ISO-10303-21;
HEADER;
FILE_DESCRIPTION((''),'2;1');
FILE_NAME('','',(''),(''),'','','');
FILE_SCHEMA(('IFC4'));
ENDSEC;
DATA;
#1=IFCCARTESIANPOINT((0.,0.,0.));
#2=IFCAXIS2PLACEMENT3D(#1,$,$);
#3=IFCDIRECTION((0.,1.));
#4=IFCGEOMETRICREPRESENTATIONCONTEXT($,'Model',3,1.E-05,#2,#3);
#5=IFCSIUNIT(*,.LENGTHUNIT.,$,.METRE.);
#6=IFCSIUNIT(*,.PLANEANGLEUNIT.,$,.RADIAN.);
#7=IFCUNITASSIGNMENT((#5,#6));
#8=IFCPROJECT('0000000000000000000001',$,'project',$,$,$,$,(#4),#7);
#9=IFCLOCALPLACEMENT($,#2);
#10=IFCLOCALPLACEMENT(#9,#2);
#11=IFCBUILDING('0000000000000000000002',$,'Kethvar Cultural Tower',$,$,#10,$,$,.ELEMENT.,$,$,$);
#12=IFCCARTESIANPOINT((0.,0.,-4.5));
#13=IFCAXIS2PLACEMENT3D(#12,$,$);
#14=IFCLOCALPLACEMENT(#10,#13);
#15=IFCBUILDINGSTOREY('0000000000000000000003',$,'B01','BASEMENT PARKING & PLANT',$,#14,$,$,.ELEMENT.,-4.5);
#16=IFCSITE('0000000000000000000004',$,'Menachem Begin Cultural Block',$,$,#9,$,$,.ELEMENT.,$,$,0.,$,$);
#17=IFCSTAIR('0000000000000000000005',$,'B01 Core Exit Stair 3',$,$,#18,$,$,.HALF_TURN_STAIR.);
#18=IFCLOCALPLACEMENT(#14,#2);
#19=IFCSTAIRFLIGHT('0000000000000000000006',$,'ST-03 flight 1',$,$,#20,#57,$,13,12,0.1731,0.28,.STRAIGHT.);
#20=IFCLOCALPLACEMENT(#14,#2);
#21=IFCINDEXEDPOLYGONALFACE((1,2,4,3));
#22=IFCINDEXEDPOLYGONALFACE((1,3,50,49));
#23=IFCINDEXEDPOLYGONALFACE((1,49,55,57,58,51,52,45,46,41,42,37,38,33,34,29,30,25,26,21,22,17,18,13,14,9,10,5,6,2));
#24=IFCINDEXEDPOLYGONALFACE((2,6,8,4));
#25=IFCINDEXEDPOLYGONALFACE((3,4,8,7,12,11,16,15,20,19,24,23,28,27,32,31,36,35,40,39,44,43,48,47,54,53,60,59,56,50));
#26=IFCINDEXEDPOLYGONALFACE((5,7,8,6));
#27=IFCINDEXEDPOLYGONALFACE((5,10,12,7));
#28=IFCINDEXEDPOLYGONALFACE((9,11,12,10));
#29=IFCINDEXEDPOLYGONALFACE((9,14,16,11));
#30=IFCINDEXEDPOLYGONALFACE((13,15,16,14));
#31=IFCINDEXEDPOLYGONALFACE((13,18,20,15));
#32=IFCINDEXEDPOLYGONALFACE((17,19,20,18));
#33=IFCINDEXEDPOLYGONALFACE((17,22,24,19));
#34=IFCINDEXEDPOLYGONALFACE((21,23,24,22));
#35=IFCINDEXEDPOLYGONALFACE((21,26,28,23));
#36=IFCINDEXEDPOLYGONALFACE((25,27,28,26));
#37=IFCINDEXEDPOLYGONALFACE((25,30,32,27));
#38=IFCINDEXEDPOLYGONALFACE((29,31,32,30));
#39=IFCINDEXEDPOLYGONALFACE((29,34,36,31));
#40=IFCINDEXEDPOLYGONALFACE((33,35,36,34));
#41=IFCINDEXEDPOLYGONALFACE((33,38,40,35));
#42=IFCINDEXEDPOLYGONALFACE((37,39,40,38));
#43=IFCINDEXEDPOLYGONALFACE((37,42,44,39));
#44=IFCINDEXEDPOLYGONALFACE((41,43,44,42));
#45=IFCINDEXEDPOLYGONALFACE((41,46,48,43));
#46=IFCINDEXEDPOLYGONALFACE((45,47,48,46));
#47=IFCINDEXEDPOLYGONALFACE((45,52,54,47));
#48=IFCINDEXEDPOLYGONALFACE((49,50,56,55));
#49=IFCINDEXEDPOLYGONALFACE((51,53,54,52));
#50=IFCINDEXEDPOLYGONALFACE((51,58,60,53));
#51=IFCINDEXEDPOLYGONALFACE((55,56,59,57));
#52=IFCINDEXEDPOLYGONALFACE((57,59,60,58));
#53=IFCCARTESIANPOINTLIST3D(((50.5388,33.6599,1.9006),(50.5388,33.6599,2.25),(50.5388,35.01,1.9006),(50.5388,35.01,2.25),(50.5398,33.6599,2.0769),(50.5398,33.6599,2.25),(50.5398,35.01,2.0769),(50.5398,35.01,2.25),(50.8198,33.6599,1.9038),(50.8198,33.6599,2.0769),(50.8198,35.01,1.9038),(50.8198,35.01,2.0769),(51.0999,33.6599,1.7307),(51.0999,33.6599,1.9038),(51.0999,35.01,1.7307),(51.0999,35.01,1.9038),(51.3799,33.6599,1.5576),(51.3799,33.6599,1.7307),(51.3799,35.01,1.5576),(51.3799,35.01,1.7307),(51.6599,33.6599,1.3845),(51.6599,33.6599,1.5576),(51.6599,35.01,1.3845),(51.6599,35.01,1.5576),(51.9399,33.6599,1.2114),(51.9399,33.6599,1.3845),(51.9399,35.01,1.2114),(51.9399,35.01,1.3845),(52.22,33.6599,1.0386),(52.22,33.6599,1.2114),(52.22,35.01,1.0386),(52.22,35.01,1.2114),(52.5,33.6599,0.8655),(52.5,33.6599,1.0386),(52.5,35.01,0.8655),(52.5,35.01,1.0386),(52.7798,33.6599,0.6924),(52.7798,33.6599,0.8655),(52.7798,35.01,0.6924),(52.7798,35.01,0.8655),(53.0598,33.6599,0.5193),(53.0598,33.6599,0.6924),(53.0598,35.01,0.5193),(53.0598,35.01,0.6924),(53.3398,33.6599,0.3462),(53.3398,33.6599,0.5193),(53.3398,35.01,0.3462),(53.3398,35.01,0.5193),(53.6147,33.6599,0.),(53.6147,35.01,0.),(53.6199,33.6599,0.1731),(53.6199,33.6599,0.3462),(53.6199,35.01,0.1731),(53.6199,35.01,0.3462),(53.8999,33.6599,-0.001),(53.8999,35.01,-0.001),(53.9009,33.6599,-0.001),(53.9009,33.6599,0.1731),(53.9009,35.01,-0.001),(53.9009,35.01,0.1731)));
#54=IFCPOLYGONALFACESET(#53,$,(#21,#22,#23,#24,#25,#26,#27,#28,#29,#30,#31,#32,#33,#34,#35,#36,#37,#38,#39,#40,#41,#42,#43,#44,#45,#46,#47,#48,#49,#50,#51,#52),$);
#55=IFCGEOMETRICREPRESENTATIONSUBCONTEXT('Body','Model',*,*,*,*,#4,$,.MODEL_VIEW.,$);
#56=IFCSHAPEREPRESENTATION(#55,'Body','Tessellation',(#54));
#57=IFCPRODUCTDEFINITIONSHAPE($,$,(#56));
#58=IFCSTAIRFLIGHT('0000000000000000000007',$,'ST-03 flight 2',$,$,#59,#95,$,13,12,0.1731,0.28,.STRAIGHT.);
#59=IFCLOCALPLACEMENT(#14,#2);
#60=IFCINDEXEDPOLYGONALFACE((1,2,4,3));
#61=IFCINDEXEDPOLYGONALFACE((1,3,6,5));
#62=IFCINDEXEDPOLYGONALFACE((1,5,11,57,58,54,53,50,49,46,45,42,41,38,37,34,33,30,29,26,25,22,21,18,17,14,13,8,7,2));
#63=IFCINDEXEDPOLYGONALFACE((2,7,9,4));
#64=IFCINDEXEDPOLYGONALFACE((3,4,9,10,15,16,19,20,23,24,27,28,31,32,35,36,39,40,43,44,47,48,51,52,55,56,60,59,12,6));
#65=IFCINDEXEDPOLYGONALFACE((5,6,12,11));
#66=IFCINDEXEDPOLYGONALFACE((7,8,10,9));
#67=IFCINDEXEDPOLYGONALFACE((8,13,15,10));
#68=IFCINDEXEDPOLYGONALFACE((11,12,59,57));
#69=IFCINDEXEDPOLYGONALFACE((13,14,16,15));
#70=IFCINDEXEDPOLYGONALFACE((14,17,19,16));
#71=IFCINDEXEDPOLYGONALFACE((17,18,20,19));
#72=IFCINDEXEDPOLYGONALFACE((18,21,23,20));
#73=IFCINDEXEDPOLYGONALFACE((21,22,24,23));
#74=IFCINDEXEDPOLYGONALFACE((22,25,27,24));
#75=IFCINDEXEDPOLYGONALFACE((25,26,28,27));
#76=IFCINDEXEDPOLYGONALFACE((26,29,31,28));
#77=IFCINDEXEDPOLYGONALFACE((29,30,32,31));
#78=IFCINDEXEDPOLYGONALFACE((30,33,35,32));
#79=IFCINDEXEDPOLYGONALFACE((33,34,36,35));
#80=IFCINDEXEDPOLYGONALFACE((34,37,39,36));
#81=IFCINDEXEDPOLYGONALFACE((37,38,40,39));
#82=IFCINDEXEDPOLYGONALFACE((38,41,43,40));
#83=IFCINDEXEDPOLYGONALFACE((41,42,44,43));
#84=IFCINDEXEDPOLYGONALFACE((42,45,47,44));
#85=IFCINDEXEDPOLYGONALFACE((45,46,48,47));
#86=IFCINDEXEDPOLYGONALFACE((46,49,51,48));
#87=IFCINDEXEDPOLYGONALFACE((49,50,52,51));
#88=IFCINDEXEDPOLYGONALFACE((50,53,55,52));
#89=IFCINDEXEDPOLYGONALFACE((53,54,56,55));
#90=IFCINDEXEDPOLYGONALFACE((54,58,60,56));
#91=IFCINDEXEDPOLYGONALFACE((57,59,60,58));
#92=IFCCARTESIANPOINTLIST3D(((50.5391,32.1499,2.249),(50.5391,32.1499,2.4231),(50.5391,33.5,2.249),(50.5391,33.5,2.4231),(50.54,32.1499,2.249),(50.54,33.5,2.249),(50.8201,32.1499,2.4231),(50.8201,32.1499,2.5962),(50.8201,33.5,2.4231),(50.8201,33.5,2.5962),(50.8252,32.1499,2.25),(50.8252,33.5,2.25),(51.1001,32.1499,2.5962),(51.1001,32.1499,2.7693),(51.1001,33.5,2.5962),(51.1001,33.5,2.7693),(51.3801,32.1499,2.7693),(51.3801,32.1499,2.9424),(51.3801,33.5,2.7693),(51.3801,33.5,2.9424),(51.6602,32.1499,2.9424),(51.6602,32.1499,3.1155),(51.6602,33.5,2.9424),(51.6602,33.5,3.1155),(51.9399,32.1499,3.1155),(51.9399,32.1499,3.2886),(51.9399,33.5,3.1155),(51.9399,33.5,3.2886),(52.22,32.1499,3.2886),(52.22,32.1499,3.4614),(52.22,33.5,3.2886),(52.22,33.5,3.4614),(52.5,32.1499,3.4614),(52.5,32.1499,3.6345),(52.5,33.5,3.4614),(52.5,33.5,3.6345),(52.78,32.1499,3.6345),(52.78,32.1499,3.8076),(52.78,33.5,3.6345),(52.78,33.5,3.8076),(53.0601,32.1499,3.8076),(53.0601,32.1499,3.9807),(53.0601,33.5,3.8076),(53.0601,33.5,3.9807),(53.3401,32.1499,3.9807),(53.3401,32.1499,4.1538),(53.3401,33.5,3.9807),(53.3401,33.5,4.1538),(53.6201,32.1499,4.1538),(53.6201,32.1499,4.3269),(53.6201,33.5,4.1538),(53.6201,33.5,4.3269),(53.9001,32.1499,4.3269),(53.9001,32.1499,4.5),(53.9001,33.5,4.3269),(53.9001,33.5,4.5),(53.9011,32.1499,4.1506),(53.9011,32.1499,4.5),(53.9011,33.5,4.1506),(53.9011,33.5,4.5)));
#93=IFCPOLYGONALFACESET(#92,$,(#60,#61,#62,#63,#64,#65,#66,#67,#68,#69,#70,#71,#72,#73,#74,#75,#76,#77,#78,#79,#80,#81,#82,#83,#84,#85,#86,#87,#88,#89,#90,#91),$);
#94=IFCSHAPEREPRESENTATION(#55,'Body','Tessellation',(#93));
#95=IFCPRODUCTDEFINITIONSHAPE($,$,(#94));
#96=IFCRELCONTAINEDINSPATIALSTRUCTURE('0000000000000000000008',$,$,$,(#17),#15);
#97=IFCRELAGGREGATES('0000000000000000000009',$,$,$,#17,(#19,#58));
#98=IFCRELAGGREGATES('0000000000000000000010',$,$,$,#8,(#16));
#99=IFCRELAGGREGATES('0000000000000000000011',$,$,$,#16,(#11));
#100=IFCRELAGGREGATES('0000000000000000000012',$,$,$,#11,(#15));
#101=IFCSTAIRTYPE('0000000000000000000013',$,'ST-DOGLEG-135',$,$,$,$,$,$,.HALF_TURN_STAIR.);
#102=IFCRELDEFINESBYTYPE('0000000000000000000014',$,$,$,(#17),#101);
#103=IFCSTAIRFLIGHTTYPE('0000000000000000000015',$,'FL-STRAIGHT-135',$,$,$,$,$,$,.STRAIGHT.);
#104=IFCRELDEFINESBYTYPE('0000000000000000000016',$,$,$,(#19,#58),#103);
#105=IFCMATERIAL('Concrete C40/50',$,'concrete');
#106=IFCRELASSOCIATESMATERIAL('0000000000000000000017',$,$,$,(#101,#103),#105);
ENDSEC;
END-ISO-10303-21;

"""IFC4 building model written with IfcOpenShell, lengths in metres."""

from ifc_helpers import new_model, si_unit, direction, frame, origin, place, context, subcontext, project, spatial, polyline, outline, extrude, material, type_object, element, aggregate, save


model = new_model("IFC4")

# Units and contexts
model_context = context("Model", 3, precision=1e-05, world=origin(), true_north=direction((0.0, 1.0)))
body_context = subcontext(model_context, "Body", "Model", "MODEL_VIEW")
ifc_project = project(units=[si_unit("LENGTHUNIT", "METRE"), si_unit("PLANEANGLEUNIT", "RADIAN")], contexts=[model_context])

# Site, building, storey
site_placement = place(None, origin())
site = spatial("IfcSite", under=ifc_project, at=site_placement, Name="Menachem Begin Cultural Block", CompositionType="ELEMENT", RefElevation=0.0)
building_placement = place(site_placement, origin())
building = spatial("IfcBuilding", under=site, at=building_placement, Name="Kethvar Cultural Tower", CompositionType="ELEMENT")
storey_placement = place(building_placement, frame((0.0, 0.0, -4.5)))
storey = spatial("IfcBuildingStorey", under=building, at=storey_placement, Name="B01", Description="BASEMENT PARKING & PLANT", CompositionType="ELEMENT", Elevation=-4.5)

# Shared definitions
ifc_material_1 = material(Name="Concrete C40/50", Category="concrete")

# Stair, stair flights
stair_type = type_object("IfcStairType", Name="ST-DOGLEG-135", PredefinedType="HALF_TURN_STAIR", material=ifc_material_1)
stair_placement = place(storey_placement, origin())
stair = element("IfcStair", 1, at=stair_placement, inside=storey, type_object=stair_type, Name="B01 Core Exit Stair 3", PredefinedType="HALF_TURN_STAIR")
stair_flight_type = type_object("IfcStairFlightType", Name="FL-STRAIGHT-135", PredefinedType="STRAIGHT", material=ifc_material_1)
stair_flight_1_placement = place(storey_placement, frame((53.8999, 34.335, 0.0), z_axis=(0.0, 0.0, 1.0), x_axis=(-1.0, 0.0, 0.0)))
stair_flight_1 = element("IfcStairFlight", 2, at=stair_flight_1_placement, type_object=stair_flight_type, Name="ST-03 flight 1", NumberOfRisers=13, NumberOfTreads=12, PredefinedType="STRAIGHT", RiserHeight=0.1731, TreadLength=0.28, context=body_context, shape_type="SweptSolid", body=[
    extrude(outline(polyline([(-0.001, -0.001), (-0.001, 0.1731), (0.28, 0.1731), (0.28, 0.3462), (0.5601, 0.3462), (0.5601, 0.5193), (0.8401, 0.5193), (0.8401, 0.6924), (1.1201, 0.6924), (1.1201, 0.8655), (1.3999, 0.8655), (1.3999, 1.0386), (1.6799, 1.0386), (1.6799, 1.2114), (1.96, 1.2114), (1.96, 1.3845), (2.24, 1.3845), (2.24, 1.5576), (2.52, 1.5576), (2.52, 1.7307), (2.8, 1.7307), (2.8, 1.9038), (3.0801, 1.9038), (3.0801, 2.0769), (3.3601, 2.0769), (3.3601, 2.25), (3.3611, 2.25), (3.3611, 1.9006), (0.2852, 0.0), (0.0, -0.001), (-0.001, -0.001)])), frame((0.0, 0.675, 0.0), z_axis=(0.0, -1.0, 0.0), x_axis=(1.0, 0.0, 0.0)), (0.0, 0.0, 1.0), 1.3501),
])
stair_flight_2_placement = place(storey_placement, frame((50.54, 32.825, 2.25), z_axis=(0.0, 0.0, 1.0), x_axis=(1.0, 0.0, 0.0)))
stair_flight_2 = element("IfcStairFlight", 3, at=stair_flight_2_placement, type_object=stair_flight_type, Name="ST-03 flight 2", NumberOfRisers=13, NumberOfTreads=12, PredefinedType="STRAIGHT", RiserHeight=0.1731, TreadLength=0.28, context=body_context, shape_type="SweptSolid", body=[
    extrude(outline(polyline([(-0.001, -0.001), (-0.001, 0.1731), (0.28, 0.1731), (0.28, 0.3462), (0.5601, 0.3462), (0.5601, 0.5193), (0.8401, 0.5193), (0.8401, 0.6924), (1.1201, 0.6924), (1.1201, 0.8655), (1.3999, 0.8655), (1.3999, 1.0386), (1.6799, 1.0386), (1.6799, 1.2114), (1.96, 1.2114), (1.96, 1.3845), (2.24, 1.3845), (2.24, 1.5576), (2.52, 1.5576), (2.52, 1.7307), (2.8, 1.7307), (2.8, 1.9038), (3.0801, 1.9038), (3.0801, 2.0769), (3.3601, 2.0769), (3.3601, 2.25), (3.3611, 2.25), (3.3611, 1.9006), (0.2852, 0.0), (0.0, -0.001), (-0.001, -0.001)])), frame((0.0, 0.675, 0.0), z_axis=(0.0, -1.0, 0.0), x_axis=(1.0, 0.0, 0.0)), (0.0, 0.0, 1.0), 1.3501),
])
aggregate(stair, [stair_flight_1, stair_flight_2])

save(model, "model.ifc")
